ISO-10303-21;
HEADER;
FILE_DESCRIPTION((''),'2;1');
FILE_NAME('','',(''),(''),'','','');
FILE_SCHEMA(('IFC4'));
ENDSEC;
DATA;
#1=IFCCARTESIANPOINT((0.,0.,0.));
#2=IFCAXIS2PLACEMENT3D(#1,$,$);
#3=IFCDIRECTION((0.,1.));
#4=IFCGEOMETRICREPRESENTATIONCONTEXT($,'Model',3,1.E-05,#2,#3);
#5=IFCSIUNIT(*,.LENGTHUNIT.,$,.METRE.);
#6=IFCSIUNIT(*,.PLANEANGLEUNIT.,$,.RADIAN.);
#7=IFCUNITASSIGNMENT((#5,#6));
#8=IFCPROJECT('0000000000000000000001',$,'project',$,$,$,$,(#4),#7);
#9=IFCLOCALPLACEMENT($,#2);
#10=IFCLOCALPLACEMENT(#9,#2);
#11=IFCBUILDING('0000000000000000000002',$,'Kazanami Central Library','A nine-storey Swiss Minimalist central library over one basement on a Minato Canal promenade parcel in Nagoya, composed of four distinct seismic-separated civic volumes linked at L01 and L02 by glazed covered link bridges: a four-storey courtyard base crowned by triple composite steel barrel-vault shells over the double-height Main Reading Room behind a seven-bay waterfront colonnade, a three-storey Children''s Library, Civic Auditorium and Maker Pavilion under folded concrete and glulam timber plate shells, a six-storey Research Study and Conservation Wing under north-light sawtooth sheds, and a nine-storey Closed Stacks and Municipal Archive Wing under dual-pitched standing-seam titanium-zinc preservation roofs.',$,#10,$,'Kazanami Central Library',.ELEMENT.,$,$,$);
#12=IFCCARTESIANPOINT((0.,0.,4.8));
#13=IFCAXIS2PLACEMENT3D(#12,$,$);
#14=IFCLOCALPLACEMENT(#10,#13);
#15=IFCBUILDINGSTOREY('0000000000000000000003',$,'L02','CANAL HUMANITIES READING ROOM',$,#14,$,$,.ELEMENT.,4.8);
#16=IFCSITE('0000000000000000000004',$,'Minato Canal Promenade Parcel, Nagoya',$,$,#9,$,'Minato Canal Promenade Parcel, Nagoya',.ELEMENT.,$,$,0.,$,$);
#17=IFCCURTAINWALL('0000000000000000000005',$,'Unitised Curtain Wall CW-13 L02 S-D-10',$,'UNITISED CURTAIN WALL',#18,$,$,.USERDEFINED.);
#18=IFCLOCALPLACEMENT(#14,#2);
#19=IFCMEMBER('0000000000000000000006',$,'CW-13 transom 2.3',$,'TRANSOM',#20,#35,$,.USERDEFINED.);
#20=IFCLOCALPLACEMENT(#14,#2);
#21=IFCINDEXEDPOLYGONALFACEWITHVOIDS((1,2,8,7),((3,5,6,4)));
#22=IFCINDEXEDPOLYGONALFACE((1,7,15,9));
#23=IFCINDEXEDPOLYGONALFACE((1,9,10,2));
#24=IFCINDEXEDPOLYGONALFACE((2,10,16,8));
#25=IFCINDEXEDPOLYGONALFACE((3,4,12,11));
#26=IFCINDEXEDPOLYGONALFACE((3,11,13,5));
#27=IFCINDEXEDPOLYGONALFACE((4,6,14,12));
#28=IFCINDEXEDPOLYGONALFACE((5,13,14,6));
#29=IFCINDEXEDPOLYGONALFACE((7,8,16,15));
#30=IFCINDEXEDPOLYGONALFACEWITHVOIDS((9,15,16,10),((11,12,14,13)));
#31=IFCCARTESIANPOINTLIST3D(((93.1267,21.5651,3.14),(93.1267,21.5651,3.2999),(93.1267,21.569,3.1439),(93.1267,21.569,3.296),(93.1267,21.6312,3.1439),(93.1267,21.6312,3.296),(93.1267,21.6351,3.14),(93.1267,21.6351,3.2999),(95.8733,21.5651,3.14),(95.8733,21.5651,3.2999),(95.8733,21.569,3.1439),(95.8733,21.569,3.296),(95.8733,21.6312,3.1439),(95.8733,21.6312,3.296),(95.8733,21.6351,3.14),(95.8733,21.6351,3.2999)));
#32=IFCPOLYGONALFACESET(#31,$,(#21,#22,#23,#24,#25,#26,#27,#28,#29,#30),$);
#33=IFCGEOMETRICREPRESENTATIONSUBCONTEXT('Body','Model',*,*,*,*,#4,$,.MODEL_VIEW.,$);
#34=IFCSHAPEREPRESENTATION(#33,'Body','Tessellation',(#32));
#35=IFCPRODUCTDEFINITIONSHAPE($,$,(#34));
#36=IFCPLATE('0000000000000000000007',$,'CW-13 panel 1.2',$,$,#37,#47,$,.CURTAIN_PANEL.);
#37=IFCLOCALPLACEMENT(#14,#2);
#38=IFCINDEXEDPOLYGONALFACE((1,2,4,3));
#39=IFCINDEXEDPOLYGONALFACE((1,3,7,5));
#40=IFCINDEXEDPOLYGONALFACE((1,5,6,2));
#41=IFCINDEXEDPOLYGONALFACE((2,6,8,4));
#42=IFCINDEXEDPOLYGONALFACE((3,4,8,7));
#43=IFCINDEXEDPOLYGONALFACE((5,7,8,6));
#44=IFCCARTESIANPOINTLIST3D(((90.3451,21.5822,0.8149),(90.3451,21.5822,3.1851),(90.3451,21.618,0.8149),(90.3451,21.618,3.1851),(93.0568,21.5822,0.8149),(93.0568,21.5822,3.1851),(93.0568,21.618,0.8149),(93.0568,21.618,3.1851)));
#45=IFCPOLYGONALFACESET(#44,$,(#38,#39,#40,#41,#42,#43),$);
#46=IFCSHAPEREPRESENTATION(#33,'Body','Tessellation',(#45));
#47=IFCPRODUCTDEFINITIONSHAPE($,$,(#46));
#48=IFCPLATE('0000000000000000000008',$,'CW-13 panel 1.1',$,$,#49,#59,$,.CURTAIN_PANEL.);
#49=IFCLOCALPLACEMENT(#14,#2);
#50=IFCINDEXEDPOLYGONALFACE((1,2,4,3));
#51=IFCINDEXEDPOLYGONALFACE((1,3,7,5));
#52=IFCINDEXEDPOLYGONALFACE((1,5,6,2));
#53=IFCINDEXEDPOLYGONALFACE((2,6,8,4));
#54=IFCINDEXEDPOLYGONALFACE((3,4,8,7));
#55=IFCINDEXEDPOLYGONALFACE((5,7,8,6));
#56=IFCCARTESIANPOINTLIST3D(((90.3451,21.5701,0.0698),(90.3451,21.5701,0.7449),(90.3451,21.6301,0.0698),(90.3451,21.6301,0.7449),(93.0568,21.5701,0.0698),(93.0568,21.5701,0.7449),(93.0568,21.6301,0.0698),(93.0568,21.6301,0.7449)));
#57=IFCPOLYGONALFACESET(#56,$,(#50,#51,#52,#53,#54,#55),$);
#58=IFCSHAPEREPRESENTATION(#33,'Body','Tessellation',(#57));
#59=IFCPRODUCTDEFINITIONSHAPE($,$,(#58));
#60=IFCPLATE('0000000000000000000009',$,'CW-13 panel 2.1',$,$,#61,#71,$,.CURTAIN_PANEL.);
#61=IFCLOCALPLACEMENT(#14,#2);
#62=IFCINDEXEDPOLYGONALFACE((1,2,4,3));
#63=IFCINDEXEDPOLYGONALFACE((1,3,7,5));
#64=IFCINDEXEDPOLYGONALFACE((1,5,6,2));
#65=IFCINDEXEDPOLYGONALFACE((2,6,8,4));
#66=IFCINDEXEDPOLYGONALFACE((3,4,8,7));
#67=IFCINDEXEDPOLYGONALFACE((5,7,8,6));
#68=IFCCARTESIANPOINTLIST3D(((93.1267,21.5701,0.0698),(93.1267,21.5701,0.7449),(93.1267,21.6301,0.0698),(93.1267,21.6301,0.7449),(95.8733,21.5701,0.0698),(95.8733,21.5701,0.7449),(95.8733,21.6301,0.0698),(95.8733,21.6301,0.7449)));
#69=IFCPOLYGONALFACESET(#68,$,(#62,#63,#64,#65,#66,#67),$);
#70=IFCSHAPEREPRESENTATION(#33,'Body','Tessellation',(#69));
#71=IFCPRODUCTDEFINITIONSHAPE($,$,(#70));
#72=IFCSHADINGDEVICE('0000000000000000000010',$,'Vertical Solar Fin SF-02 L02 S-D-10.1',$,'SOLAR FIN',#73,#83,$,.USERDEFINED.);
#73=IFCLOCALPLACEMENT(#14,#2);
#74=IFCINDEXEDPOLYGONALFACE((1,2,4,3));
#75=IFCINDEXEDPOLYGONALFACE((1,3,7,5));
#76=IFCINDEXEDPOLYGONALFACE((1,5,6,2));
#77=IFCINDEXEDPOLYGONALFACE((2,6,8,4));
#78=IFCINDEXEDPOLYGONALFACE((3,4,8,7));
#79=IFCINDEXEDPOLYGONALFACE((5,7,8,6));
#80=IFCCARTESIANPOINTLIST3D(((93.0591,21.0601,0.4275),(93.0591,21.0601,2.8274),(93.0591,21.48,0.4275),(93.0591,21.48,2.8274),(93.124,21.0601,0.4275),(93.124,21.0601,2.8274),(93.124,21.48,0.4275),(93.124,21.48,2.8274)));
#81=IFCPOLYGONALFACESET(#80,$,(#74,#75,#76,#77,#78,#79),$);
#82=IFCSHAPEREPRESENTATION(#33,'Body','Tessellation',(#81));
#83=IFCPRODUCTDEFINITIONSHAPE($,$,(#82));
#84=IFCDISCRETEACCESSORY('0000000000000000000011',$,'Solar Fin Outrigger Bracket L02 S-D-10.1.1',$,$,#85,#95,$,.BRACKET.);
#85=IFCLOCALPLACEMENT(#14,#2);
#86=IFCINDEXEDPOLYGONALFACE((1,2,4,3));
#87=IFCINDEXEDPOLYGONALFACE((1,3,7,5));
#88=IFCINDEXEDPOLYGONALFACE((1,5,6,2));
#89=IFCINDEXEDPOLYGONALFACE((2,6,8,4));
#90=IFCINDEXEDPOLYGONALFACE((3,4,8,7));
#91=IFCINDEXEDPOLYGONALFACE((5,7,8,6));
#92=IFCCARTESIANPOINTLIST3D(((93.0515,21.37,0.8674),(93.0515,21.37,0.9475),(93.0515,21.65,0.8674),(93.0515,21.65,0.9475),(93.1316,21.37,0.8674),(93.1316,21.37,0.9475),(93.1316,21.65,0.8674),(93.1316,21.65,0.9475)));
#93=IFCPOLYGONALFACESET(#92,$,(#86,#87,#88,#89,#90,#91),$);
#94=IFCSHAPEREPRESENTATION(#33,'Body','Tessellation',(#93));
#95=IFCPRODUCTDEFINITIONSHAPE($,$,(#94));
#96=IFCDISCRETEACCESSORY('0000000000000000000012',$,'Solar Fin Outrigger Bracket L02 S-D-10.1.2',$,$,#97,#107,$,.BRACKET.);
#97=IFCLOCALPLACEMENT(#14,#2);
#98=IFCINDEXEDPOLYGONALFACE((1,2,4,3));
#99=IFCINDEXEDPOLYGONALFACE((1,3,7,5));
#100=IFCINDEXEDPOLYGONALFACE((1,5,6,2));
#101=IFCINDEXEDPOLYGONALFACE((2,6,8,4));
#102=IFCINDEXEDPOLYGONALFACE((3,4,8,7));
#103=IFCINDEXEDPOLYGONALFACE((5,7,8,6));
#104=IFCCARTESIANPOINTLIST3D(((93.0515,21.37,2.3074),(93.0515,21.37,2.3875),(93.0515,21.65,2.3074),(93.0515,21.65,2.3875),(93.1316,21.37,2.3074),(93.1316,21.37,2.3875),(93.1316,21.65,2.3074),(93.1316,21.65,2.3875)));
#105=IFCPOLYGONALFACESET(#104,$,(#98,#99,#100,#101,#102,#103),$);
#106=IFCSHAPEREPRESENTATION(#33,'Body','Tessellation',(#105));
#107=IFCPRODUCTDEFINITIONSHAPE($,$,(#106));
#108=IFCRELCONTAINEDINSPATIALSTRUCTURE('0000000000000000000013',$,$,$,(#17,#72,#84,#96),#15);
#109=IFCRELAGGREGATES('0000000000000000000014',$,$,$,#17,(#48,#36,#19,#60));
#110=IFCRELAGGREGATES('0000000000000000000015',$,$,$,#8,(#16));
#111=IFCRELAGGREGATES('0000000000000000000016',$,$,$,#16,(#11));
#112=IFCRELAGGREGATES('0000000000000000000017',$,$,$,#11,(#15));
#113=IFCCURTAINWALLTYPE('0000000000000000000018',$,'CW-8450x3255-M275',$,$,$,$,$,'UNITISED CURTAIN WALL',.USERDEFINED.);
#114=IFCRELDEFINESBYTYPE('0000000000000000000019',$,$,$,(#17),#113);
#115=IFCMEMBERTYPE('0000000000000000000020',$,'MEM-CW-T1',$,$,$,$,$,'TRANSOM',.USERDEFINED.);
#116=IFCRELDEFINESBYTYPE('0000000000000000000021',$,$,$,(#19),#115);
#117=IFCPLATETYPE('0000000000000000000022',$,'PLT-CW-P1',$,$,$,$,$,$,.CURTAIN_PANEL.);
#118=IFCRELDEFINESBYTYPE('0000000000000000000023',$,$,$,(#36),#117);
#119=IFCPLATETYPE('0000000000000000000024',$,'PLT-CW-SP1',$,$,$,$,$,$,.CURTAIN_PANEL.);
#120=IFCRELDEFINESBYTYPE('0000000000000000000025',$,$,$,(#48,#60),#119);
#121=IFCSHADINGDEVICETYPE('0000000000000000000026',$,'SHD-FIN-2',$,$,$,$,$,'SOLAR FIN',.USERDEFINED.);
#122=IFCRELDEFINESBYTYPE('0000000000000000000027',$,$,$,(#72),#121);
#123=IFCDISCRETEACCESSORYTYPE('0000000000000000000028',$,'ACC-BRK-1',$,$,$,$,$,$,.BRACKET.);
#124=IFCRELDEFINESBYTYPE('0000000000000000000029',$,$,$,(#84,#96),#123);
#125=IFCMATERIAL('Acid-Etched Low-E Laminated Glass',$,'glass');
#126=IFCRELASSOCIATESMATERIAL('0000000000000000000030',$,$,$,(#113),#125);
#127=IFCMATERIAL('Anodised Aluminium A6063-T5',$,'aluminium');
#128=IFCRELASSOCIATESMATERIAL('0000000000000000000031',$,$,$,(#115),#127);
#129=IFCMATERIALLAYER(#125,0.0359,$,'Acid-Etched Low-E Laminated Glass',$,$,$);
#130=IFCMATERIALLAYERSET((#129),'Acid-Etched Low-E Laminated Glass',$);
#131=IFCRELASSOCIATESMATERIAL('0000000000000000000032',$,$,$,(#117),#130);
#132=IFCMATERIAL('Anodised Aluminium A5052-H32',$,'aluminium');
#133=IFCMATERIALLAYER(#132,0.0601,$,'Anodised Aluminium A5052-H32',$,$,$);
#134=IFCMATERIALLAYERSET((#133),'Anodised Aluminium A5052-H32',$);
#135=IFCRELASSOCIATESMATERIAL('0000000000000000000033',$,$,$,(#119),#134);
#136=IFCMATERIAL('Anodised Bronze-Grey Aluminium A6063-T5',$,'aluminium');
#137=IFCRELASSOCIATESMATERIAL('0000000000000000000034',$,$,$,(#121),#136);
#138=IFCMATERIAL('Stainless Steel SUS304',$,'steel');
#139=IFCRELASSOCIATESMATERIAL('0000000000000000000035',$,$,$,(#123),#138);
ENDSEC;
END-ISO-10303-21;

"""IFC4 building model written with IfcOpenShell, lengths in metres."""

from ifc_helpers import new_model, si_unit, direction, frame, origin, origin_2d, place, context, subcontext, project, spatial, rectangle, hollow_rectangle, extrude, material, layer, layer_set, material_profile, profile_set, type_object, element, aggregate, save


model = new_model("IFC4")

# Units and contexts
model_context = context("Model", 3, precision=1e-05, world=origin(), true_north=direction((0.0, 1.0)))
body_context = subcontext(model_context, "Body", "Model", "MODEL_VIEW")
ifc_project = project(units=[si_unit("LENGTHUNIT", "METRE"), si_unit("PLANEANGLEUNIT", "RADIAN")], contexts=[model_context])

# Site, building, storey
site_placement = place(None, origin())
site = spatial("IfcSite", under=ifc_project, at=site_placement, Name="Minato Canal Promenade Parcel, Nagoya", LongName="Minato Canal Promenade Parcel, Nagoya", CompositionType="ELEMENT", RefElevation=0.0)
building_placement = place(site_placement, origin())
building = spatial("IfcBuilding", under=site, at=building_placement, Name="Kazanami Central Library", Description="A nine-storey Swiss Minimalist central library over one basement on a Minato Canal promenade parcel in Nagoya, composed of four distinct seismic-separated civic volumes linked at L01 and L02 by glazed covered link bridges: a four-storey courtyard base crowned by triple composite steel barrel-vault shells over the double-height Main Reading Room behind a seven-bay waterfront colonnade, a three-storey Children's Library, Civic Auditorium and Maker Pavilion under folded concrete and glulam timber plate shells, a six-storey Research Study and Conservation Wing under north-light sawtooth sheds, and a nine-storey Closed Stacks and Municipal Archive Wing under dual-pitched standing-seam titanium-zinc preservation roofs.", LongName="Kazanami Central Library", CompositionType="ELEMENT")
storey_placement = place(building_placement, frame((0.0, 0.0, 4.8)))
storey = spatial("IfcBuildingStorey", under=building, at=storey_placement, Name="L02", Description="CANAL HUMANITIES READING ROOM", CompositionType="ELEMENT", Elevation=4.8)

# Curtain wall, member, plates
ifc_material_1 = material(Name="Acid-Etched Low-E Laminated Glass", Category="glass")
curtain_wall_type = type_object("IfcCurtainWallType", Name="CW-8450x3255-M275", ElementType="UNITISED CURTAIN WALL", PredefinedType="USERDEFINED", material=ifc_material_1)
curtain_wall_placement = place(storey_placement, origin())
curtain_wall = element("IfcCurtainWall", 1, at=curtain_wall_placement, inside=storey, type_object=curtain_wall_type, Name="Unitised Curtain Wall CW-13 L02 S-D-10", ObjectType="UNITISED CURTAIN WALL", PredefinedType="USERDEFINED")
ifc_material_2 = material(Name="Anodised Aluminium A6063-T5", Category="aluminium")
ifc_material_profile_1 = material_profile(ifc_material_2, hollow_rectangle(XDim=0.0701, YDim=0.1599, WallThickness=0.0039, at=origin_2d()), Name="ALU-TRAN-70x160x4")
ifc_profile_set_1 = profile_set([ifc_material_profile_1], Name="Anodised Aluminium A6063-T5")
member_type_1 = type_object("IfcMemberType", Name="MEM-CW-T1", ElementType="TRANSOM", PredefinedType="USERDEFINED", material=ifc_profile_set_1)
member_1_placement = place(storey_placement, frame((93.1267, 21.6001, 3.22), z_axis=(1.0, 0.0, 0.0), x_axis=(0.0, 1.0, 0.0)))
member_1 = element("IfcMember", 2, at=member_1_placement, type_object=member_type_1, Name="CW-13 transom 2.3", ObjectType="TRANSOM", PredefinedType="USERDEFINED", context=body_context, shape_type="SweptSolid", body=[
    extrude(hollow_rectangle(XDim=0.0701, YDim=0.1599, WallThickness=0.0039, at=origin_2d()), origin(), (0.0, 0.0, 1.0), 2.7466),
])
ifc_layer_1 = layer(ifc_material_1, 0.0359, Name="Acid-Etched Low-E Laminated Glass")
ifc_layer_set_1 = layer_set([ifc_layer_1], Name="Acid-Etched Low-E Laminated Glass")
plate_type_1 = type_object("IfcPlateType", Name="PLT-CW-P1", PredefinedType="CURTAIN_PANEL", material=ifc_layer_set_1)
plate_1_placement = place(storey_placement, frame((91.7009, 21.6001, 0.8149), z_axis=(0.0, 0.0, 1.0), x_axis=(1.0, 0.0, 0.0)))
plate_1 = element("IfcPlate", 3, at=plate_1_placement, type_object=plate_type_1, Name="CW-13 panel 1.2", PredefinedType="CURTAIN_PANEL", context=body_context, shape_type="SweptSolid", body=[
    extrude(rectangle(XDim=2.7117, YDim=0.0359, at=origin_2d()), origin(), (0.0, 0.0, 1.0), 2.3701),
])
ifc_material_3 = material(Name="Anodised Aluminium A5052-H32", Category="aluminium")
ifc_layer_2 = layer(ifc_material_3, 0.0601, Name="Anodised Aluminium A5052-H32")
ifc_layer_set_2 = layer_set([ifc_layer_2], Name="Anodised Aluminium A5052-H32")
plate_type_2 = type_object("IfcPlateType", Name="PLT-CW-SP1", PredefinedType="CURTAIN_PANEL", material=ifc_layer_set_2)
plate_2_placement = place(storey_placement, frame((91.7009, 21.6001, 0.0698), z_axis=(0.0, 0.0, 1.0), x_axis=(1.0, 0.0, 0.0)))
plate_2 = element("IfcPlate", 4, at=plate_2_placement, type_object=plate_type_2, Name="CW-13 panel 1.1", PredefinedType="CURTAIN_PANEL", context=body_context, shape_type="SweptSolid", body=[
    extrude(rectangle(XDim=2.7117, YDim=0.0601, at=origin_2d()), origin(), (0.0, 0.0, 1.0), 0.675),
])
plate_3_placement = place(storey_placement, frame((94.5, 21.6001, 0.0698), z_axis=(0.0, 0.0, 1.0), x_axis=(1.0, 0.0, 0.0)))
plate_3 = element("IfcPlate", 5, at=plate_3_placement, type_object=plate_type_2, Name="CW-13 panel 2.1", PredefinedType="CURTAIN_PANEL", context=body_context, shape_type="SweptSolid", body=[
    extrude(rectangle(XDim=2.7466, YDim=0.0601, at=origin_2d()), origin(), (0.0, 0.0, 1.0), 0.675),
])
aggregate(curtain_wall, [plate_2, plate_1, member_1, plate_3])

# Shading device
ifc_material_4 = material(Name="Anodised Bronze-Grey Aluminium A6063-T5", Category="aluminium")
shading_device_type = type_object("IfcShadingDeviceType", Name="SHD-FIN-2", ElementType="SOLAR FIN", PredefinedType="USERDEFINED", material=ifc_material_4)
shading_device_placement = place(storey_placement, frame((93.0916, 21.27, 0.4275), z_axis=(0.0, 0.0, 1.0), x_axis=(1.0, 0.0, 0.0)))
element("IfcShadingDevice", 6, at=shading_device_placement, inside=storey, type_object=shading_device_type, Name="Vertical Solar Fin SF-02 L02 S-D-10.1", ObjectType="SOLAR FIN", PredefinedType="USERDEFINED", context=body_context, shape_type="SweptSolid", body=[
    extrude(rectangle(XDim=0.0649, YDim=0.4199, at=origin_2d()), origin(), (0.0, 0.0, 1.0), 2.3999),
])

# Discrete accessories
ifc_material_5 = material(Name="Stainless Steel SUS304", Category="steel")
discrete_accessory_type = type_object("IfcDiscreteAccessoryType", Name="ACC-BRK-1", PredefinedType="BRACKET", material=ifc_material_5)
for number, where, z_axis, x_axis, name in (
    (7, (93.0916, 21.51, 0.8674), (0.0, 0.0, 1.0), (1.0, 0.0, 0.0), "Solar Fin Outrigger Bracket L02 S-D-10.1.1"),
    (8, (93.0916, 21.51, 2.3074), (0.0, 0.0, 1.0), (1.0, 0.0, 0.0), "Solar Fin Outrigger Bracket L02 S-D-10.1.2"),
):
    element("IfcDiscreteAccessory", number, at=place(storey_placement, frame(where, z_axis=z_axis, x_axis=x_axis)), inside=storey, type_object=discrete_accessory_type, Name=name, PredefinedType="BRACKET", context=body_context, shape_type="SweptSolid", body=[
        extrude(rectangle(XDim=0.0801, YDim=0.28, at=origin_2d()), origin(), (0.0, 0.0, 1.0), 0.0801),
    ])

save(model, "model.ifc")
